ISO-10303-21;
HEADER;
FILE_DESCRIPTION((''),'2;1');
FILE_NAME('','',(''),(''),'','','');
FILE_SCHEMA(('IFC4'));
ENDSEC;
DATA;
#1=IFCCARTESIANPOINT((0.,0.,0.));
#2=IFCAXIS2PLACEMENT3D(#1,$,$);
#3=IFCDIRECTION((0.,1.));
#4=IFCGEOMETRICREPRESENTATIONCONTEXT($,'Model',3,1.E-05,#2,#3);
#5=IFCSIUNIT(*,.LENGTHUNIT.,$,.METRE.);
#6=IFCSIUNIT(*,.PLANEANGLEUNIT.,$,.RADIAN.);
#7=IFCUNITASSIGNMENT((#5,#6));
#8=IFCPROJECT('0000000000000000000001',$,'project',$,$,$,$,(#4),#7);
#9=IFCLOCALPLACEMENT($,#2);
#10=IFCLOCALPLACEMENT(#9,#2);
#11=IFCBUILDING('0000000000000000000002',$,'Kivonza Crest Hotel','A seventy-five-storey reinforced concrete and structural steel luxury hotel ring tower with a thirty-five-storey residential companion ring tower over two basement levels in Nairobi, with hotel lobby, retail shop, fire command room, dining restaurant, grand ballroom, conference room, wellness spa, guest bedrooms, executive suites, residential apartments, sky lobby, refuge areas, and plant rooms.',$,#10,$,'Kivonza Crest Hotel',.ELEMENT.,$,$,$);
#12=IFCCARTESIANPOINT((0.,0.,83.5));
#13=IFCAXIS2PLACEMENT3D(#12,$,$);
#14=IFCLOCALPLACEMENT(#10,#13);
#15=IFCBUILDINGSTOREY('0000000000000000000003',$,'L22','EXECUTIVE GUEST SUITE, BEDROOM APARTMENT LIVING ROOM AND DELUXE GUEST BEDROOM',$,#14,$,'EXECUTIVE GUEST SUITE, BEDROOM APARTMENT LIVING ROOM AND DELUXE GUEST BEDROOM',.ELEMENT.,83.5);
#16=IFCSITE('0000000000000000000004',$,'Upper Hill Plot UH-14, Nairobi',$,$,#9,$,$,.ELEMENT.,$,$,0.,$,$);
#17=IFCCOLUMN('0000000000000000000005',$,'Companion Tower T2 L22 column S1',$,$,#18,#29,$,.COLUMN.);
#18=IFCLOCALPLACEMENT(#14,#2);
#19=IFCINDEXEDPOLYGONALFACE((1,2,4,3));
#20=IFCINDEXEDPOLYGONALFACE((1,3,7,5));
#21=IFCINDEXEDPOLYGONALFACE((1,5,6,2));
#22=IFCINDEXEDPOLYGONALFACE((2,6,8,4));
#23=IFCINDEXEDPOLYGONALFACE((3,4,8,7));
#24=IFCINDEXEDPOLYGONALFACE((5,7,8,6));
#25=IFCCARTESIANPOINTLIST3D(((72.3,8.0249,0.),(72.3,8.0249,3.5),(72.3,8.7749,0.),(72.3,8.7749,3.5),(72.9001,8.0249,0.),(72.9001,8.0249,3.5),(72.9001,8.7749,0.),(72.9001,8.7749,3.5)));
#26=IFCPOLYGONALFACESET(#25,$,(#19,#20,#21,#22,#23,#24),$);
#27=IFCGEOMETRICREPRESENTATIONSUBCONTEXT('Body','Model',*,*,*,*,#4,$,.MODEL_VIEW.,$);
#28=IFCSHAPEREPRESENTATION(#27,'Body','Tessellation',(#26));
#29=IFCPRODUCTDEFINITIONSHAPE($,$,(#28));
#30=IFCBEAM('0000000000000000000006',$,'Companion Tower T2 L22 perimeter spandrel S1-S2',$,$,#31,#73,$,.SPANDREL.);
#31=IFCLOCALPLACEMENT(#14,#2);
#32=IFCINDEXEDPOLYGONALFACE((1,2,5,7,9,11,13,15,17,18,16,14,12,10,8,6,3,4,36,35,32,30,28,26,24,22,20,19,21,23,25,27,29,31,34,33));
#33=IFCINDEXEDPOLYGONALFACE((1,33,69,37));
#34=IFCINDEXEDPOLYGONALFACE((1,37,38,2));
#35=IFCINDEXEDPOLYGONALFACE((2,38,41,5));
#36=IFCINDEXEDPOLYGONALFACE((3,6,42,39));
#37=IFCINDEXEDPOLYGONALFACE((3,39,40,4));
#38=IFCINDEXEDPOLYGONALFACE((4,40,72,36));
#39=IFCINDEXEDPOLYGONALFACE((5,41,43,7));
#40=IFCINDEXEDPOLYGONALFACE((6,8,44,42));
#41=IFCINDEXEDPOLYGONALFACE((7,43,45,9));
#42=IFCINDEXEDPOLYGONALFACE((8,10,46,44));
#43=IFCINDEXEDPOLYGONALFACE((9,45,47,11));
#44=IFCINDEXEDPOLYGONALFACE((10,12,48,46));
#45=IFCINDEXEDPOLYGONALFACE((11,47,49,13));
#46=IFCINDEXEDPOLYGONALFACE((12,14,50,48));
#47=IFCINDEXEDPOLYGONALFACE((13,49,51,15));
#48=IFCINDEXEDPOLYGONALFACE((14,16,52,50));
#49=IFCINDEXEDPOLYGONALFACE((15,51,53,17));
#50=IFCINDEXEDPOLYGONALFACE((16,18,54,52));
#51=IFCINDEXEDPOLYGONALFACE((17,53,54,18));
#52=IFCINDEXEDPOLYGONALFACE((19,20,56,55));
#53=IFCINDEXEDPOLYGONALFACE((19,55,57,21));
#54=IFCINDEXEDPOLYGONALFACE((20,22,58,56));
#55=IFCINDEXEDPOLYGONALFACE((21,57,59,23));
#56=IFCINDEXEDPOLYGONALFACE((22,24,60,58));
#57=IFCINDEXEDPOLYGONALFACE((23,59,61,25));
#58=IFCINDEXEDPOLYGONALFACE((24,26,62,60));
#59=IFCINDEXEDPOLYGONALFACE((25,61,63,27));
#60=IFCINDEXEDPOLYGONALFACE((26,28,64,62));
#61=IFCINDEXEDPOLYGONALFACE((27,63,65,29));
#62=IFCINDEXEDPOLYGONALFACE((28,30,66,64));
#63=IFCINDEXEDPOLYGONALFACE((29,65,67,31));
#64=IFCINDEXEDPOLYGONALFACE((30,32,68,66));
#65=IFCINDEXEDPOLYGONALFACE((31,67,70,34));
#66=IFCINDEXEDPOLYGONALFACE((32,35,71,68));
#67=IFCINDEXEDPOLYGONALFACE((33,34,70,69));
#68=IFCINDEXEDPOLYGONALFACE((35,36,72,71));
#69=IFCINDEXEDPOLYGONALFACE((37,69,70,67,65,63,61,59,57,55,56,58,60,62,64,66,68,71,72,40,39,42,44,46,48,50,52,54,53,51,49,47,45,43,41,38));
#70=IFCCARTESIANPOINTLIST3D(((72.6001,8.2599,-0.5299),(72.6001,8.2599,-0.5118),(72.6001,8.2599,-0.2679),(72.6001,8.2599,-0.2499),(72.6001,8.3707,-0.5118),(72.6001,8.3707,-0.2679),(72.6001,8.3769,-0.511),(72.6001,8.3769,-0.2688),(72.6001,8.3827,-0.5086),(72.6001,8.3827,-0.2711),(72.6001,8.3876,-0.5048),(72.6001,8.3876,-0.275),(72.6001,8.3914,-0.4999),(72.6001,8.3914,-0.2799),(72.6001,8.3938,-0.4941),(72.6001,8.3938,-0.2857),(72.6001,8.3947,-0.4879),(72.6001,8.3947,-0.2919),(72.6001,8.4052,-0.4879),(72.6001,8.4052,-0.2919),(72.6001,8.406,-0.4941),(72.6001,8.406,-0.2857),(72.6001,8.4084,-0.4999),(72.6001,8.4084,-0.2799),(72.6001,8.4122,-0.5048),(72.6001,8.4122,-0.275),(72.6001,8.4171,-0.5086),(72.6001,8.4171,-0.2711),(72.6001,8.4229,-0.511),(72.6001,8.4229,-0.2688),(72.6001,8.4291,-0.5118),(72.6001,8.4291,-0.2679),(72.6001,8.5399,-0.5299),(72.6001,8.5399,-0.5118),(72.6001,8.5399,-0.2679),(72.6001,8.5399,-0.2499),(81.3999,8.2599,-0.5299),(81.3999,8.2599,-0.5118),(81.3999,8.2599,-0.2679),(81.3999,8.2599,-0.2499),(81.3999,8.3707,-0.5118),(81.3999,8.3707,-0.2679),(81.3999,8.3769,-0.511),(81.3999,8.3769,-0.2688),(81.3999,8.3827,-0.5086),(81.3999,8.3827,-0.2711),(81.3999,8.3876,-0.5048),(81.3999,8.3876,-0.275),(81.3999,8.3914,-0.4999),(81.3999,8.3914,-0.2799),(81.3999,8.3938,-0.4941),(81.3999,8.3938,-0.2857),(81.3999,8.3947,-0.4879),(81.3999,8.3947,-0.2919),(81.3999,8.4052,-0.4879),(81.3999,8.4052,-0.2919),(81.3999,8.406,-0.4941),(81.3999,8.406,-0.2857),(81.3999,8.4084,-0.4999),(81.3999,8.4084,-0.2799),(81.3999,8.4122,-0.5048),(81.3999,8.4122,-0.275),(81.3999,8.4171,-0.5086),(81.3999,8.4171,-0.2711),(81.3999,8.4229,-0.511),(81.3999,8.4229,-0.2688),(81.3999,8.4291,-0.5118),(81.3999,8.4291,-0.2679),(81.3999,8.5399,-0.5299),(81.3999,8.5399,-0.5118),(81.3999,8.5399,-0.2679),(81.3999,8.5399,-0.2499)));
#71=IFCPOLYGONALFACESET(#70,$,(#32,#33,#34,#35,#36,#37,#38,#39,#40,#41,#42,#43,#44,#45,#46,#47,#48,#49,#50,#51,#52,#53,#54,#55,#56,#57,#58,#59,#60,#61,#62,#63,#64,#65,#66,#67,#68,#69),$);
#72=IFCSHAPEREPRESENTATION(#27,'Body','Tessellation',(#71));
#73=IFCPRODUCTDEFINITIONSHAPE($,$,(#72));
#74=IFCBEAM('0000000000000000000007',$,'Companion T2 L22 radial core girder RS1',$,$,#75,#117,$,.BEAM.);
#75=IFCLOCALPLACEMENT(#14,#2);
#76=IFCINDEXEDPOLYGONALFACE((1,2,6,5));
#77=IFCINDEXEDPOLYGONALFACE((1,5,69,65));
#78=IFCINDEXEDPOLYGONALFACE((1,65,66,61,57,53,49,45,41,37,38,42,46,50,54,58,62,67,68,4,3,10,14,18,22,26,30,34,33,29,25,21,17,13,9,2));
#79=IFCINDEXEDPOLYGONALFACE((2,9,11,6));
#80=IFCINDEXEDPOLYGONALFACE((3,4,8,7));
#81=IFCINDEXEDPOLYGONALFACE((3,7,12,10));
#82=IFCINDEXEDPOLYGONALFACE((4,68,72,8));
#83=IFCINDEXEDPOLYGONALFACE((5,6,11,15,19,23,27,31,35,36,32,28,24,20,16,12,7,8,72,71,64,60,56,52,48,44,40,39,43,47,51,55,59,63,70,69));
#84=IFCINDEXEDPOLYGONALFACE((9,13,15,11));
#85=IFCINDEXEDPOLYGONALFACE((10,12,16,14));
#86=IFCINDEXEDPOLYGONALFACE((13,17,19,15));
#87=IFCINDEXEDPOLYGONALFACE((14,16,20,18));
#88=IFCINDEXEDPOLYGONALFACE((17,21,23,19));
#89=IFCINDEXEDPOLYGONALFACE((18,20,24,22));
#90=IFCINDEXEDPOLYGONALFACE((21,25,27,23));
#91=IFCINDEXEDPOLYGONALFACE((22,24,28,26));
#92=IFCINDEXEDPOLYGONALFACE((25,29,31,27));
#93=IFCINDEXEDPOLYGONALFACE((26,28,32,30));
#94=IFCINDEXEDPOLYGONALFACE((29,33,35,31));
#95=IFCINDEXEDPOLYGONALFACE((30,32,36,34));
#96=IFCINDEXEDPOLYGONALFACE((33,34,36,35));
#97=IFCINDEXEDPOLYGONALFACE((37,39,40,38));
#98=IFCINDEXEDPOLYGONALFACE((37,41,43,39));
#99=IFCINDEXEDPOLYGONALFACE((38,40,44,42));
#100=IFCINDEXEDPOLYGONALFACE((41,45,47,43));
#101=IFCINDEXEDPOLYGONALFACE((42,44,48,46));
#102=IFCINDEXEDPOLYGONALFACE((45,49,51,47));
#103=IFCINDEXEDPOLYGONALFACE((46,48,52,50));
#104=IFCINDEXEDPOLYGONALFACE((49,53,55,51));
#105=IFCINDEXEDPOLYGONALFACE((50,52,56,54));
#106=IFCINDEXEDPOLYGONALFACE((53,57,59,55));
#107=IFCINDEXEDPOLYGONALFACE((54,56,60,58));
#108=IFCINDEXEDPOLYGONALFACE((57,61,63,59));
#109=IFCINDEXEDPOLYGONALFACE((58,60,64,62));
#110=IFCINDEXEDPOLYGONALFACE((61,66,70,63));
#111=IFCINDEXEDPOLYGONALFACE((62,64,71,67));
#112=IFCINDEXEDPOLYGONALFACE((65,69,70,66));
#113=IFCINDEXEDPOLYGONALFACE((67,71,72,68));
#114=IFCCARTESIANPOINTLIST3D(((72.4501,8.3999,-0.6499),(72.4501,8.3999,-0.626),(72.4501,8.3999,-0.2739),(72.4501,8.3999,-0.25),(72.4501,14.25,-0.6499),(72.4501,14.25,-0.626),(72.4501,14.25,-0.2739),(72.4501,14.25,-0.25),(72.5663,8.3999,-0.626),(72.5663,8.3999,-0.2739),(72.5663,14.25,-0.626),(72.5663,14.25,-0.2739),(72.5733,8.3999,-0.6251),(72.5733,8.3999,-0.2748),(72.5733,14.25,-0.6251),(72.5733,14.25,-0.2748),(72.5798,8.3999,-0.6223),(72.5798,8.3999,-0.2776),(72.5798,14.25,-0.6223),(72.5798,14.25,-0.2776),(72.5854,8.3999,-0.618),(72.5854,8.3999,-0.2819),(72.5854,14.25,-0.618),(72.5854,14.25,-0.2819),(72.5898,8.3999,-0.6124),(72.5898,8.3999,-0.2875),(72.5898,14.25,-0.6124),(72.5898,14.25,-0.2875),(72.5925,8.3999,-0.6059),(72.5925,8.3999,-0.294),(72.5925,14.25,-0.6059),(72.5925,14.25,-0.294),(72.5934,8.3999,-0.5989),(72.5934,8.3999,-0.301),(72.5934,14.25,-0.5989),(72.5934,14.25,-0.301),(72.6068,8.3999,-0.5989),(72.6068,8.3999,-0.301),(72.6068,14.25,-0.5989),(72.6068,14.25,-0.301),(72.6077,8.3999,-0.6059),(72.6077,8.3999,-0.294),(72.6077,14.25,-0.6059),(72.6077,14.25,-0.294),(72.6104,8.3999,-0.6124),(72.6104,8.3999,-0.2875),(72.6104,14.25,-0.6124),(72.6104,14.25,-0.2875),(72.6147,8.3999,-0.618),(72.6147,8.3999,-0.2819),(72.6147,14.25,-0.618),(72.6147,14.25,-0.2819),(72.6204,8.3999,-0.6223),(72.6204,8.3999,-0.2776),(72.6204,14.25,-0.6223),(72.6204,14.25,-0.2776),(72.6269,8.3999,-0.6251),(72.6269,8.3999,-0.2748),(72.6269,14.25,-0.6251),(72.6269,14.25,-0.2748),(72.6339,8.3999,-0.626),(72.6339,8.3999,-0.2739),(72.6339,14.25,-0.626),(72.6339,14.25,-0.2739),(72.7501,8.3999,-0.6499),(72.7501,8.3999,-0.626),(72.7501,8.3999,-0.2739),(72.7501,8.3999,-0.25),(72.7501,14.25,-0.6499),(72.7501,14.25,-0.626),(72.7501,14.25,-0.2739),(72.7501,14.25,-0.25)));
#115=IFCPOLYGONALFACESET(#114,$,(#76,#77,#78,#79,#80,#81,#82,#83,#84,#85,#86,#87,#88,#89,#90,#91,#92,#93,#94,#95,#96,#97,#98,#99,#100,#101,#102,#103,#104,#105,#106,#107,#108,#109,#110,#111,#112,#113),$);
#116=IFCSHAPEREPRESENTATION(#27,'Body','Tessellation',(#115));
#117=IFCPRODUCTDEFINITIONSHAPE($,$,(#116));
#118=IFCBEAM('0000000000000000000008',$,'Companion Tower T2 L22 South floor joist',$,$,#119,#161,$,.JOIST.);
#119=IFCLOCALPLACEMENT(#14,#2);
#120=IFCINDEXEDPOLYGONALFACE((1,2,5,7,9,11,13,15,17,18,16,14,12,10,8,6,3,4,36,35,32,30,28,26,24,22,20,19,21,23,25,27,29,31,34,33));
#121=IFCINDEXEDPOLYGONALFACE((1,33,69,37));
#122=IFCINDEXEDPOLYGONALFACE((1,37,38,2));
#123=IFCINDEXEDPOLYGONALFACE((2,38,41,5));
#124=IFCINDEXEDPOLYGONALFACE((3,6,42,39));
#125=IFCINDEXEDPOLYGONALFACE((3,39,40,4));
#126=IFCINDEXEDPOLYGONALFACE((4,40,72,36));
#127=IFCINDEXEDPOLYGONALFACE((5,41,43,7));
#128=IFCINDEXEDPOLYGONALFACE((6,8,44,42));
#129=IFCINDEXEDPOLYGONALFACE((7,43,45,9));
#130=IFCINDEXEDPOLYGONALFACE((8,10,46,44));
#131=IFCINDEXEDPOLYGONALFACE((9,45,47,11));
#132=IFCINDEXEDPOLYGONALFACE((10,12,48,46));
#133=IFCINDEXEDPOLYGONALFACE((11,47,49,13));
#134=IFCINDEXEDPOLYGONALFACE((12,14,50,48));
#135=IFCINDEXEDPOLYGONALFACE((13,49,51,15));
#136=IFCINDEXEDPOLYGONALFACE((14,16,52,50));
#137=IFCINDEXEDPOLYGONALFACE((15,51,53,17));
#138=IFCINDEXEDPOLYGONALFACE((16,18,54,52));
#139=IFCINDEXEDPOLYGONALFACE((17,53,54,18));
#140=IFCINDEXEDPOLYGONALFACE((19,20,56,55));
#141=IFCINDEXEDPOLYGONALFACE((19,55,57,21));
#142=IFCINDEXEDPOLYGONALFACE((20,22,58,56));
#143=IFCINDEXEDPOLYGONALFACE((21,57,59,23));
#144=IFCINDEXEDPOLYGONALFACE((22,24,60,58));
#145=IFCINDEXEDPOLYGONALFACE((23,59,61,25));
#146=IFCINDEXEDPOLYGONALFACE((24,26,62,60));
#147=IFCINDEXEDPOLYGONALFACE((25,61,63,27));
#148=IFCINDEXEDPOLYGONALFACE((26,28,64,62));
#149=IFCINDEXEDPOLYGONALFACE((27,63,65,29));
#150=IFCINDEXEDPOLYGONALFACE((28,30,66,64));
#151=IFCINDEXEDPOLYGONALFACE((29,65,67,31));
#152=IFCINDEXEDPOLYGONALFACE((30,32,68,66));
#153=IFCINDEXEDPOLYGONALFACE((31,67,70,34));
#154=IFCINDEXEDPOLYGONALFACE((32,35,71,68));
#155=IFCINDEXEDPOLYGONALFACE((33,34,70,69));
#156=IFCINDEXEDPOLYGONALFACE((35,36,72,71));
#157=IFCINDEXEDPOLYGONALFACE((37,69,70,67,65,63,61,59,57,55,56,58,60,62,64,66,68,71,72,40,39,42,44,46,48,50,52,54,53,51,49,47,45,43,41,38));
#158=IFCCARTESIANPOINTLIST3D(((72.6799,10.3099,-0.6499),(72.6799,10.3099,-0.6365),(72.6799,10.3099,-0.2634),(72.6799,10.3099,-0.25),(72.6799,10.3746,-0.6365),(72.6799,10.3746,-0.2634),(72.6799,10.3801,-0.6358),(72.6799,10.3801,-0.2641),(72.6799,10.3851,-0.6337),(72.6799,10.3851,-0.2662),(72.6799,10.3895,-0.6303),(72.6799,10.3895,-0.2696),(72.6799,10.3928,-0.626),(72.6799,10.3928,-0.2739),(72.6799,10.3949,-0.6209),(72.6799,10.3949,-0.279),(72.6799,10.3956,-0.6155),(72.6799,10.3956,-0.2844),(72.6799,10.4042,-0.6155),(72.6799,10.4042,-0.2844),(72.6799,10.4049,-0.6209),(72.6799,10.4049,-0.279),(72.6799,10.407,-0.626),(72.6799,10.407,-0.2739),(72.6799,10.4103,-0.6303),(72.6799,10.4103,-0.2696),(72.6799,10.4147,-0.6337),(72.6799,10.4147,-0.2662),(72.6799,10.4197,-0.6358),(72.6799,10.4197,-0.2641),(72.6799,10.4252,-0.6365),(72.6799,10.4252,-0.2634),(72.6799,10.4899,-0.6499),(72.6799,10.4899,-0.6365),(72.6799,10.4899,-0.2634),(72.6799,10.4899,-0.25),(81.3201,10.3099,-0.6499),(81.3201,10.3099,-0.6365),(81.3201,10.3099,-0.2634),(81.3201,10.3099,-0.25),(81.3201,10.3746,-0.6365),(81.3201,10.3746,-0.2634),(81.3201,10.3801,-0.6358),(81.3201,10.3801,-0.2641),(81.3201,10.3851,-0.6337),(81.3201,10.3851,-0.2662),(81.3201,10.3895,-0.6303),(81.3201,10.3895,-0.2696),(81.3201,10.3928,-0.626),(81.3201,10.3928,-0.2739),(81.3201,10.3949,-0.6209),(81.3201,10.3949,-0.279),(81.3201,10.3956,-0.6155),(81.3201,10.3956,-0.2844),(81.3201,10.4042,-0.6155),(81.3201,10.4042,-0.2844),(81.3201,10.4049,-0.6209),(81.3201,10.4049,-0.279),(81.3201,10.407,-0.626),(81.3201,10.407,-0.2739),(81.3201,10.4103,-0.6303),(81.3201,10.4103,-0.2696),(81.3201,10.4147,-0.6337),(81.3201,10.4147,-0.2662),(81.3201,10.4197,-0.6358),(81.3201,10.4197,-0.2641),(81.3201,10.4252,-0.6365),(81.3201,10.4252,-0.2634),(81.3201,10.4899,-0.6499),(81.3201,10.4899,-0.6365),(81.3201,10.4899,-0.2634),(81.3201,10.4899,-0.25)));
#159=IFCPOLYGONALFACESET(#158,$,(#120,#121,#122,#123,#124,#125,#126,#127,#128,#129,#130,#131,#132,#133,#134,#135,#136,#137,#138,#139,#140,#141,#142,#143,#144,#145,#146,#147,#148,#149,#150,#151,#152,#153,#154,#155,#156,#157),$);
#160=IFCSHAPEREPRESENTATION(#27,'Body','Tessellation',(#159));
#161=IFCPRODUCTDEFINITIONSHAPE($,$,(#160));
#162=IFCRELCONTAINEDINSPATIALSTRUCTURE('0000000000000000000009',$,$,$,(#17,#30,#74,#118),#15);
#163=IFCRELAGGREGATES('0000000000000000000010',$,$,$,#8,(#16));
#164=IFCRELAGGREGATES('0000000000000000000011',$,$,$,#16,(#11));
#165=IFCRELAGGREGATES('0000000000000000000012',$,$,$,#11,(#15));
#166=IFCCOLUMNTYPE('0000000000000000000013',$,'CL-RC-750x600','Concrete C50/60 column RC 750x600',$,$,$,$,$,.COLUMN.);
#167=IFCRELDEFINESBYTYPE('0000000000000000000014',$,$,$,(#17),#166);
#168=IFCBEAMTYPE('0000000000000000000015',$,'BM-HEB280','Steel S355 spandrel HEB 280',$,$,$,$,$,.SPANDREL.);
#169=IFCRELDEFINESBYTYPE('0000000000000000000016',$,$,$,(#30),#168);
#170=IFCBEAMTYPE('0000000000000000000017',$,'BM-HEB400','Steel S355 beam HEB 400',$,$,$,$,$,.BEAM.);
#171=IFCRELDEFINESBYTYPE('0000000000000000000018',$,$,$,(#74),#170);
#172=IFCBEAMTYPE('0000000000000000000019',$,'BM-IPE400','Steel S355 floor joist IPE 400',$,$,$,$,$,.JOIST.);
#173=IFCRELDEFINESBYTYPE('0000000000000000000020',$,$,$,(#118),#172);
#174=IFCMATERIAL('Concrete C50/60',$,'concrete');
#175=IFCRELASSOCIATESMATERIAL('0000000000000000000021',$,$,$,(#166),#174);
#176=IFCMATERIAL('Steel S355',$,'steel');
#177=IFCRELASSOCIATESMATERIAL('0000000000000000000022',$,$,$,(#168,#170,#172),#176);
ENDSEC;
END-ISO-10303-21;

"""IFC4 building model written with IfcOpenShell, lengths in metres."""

from ifc_helpers import new_model, si_unit, direction, frame, origin, origin_2d, place, context, subcontext, project, spatial, rectangle, i_section, extrude, material, material_profile, profile_set, type_object, element, save


model = new_model("IFC4")

# Units and contexts
model_context = context("Model", 3, precision=1e-05, world=origin(), true_north=direction((0.0, 1.0)))
body_context = subcontext(model_context, "Body", "Model", "MODEL_VIEW")
ifc_project = project(units=[si_unit("LENGTHUNIT", "METRE"), si_unit("PLANEANGLEUNIT", "RADIAN")], contexts=[model_context])

# Site, building, storey
site_placement = place(None, origin())
site = spatial("IfcSite", under=ifc_project, at=site_placement, Name="Upper Hill Plot UH-14, Nairobi", CompositionType="ELEMENT", RefElevation=0.0)
building_placement = place(site_placement, origin())
building = spatial("IfcBuilding", under=site, at=building_placement, Name="Kivonza Crest Hotel", Description="A seventy-five-storey reinforced concrete and structural steel luxury hotel ring tower with a thirty-five-storey residential companion ring tower over two basement levels in Nairobi, with hotel lobby, retail shop, fire command room, dining restaurant, grand ballroom, conference room, wellness spa, guest bedrooms, executive suites, residential apartments, sky lobby, refuge areas, and plant rooms.", LongName="Kivonza Crest Hotel", CompositionType="ELEMENT")
storey_placement = place(building_placement, frame((0.0, 0.0, 83.5)))
storey = spatial("IfcBuildingStorey", under=building, at=storey_placement, Name="L22", Description="EXECUTIVE GUEST SUITE, BEDROOM APARTMENT LIVING ROOM AND DELUXE GUEST BEDROOM", LongName="EXECUTIVE GUEST SUITE, BEDROOM APARTMENT LIVING ROOM AND DELUXE GUEST BEDROOM", CompositionType="ELEMENT", Elevation=83.5)

# Column
ifc_material_1 = material(Name="Concrete C50/60", Category="concrete")
ifc_material_profile_1 = material_profile(ifc_material_1, rectangle(XDim=0.6001, YDim=0.75, at=origin_2d()), Name="RC 750x600")
ifc_profile_set_1 = profile_set([ifc_material_profile_1], Name="Concrete C50/60")
column_type = type_object("IfcColumnType", Name="CL-RC-750x600", Description="Concrete C50/60 column RC 750x600", PredefinedType="COLUMN", material=ifc_profile_set_1)
column_placement = place(storey_placement, frame((72.6001, 8.3999, 0.0), z_axis=(0.0, 0.0, 1.0), x_axis=(1.0, 0.0, 0.0)))
element("IfcColumn", 1, at=column_placement, inside=storey, type_object=column_type, Name="Companion Tower T2 L22 column S1", PredefinedType="COLUMN", context=body_context, shape_type="SweptSolid", body=[
    extrude(rectangle(XDim=0.6001, YDim=0.75, at=origin_2d()), origin(), (0.0, 0.0, 1.0), 3.5),
])

# Beams
ifc_material_2 = material(Name="Steel S355", Category="steel")
ifc_material_profile_2 = material_profile(ifc_material_2, i_section(OverallWidth=0.28, OverallDepth=0.28, WebThickness=0.0105, FlangeThickness=0.0181, FilletRadius=0.0239, at=origin_2d()), Name="HEB 280")
ifc_profile_set_2 = profile_set([ifc_material_profile_2], Name="Steel S355")
beam_type_1 = type_object("IfcBeamType", Name="BM-HEB280", Description="Steel S355 spandrel HEB 280", PredefinedType="SPANDREL", material=ifc_profile_set_2)
beam_1_placement = place(storey_placement, frame((72.6001, 8.3999, -0.3899), z_axis=(1.0, 0.0, 0.0), x_axis=(0.0, 1.0, 0.0)))
element("IfcBeam", 2, at=beam_1_placement, inside=storey, type_object=beam_type_1, Name="Companion Tower T2 L22 perimeter spandrel S1-S2", PredefinedType="SPANDREL", context=body_context, shape_type="SweptSolid", body=[
    extrude(i_section(OverallWidth=0.28, OverallDepth=0.28, WebThickness=0.0105, FlangeThickness=0.0181, FilletRadius=0.0239, at=origin_2d()), origin(), (0.0, 0.0, 1.0), 8.7998),
])
ifc_material_profile_3 = material_profile(ifc_material_2, i_section(OverallWidth=0.3, OverallDepth=0.3999, WebThickness=0.0134, FlangeThickness=0.0239, FilletRadius=0.0271, at=origin_2d()), Name="HEB 400")
ifc_profile_set_3 = profile_set([ifc_material_profile_3], Name="Steel S355")
beam_type_2 = type_object("IfcBeamType", Name="BM-HEB400", Description="Steel S355 beam HEB 400", PredefinedType="BEAM", material=ifc_profile_set_3)
beam_2_placement = place(storey_placement, frame((72.6001, 8.3999, -0.45), z_axis=(0.0, 1.0, 0.0), x_axis=(-1.0, 0.0, 0.0)))
element("IfcBeam", 3, at=beam_2_placement, inside=storey, type_object=beam_type_2, Name="Companion T2 L22 radial core girder RS1", PredefinedType="BEAM", context=body_context, shape_type="SweptSolid", body=[
    extrude(i_section(OverallWidth=0.3, OverallDepth=0.3999, WebThickness=0.0134, FlangeThickness=0.0239, FilletRadius=0.0271, at=origin_2d()), origin(), (0.0, 0.0, 1.0), 5.8501),
])
ifc_material_profile_4 = material_profile(ifc_material_2, i_section(OverallWidth=0.1799, OverallDepth=0.3999, WebThickness=0.0085, FlangeThickness=0.0134, FilletRadius=0.021, at=origin_2d()), Name="IPE 400")
ifc_profile_set_4 = profile_set([ifc_material_profile_4], Name="Steel S355")
beam_type_3 = type_object("IfcBeamType", Name="BM-IPE400", Description="Steel S355 floor joist IPE 400", PredefinedType="JOIST", material=ifc_profile_set_4)
beam_3_placement = place(storey_placement, frame((72.6799, 10.3999, -0.45), z_axis=(1.0, 0.0, 0.0), x_axis=(0.0, 1.0, 0.0)))
element("IfcBeam", 4, at=beam_3_placement, inside=storey, type_object=beam_type_3, Name="Companion Tower T2 L22 South floor joist", PredefinedType="JOIST", context=body_context, shape_type="SweptSolid", body=[
    extrude(i_section(OverallWidth=0.1799, OverallDepth=0.3999, WebThickness=0.0085, FlangeThickness=0.0134, FilletRadius=0.021, at=origin_2d()), origin(), (0.0, 0.0, 1.0), 8.6401),
])

save(model, "model.ifc")
